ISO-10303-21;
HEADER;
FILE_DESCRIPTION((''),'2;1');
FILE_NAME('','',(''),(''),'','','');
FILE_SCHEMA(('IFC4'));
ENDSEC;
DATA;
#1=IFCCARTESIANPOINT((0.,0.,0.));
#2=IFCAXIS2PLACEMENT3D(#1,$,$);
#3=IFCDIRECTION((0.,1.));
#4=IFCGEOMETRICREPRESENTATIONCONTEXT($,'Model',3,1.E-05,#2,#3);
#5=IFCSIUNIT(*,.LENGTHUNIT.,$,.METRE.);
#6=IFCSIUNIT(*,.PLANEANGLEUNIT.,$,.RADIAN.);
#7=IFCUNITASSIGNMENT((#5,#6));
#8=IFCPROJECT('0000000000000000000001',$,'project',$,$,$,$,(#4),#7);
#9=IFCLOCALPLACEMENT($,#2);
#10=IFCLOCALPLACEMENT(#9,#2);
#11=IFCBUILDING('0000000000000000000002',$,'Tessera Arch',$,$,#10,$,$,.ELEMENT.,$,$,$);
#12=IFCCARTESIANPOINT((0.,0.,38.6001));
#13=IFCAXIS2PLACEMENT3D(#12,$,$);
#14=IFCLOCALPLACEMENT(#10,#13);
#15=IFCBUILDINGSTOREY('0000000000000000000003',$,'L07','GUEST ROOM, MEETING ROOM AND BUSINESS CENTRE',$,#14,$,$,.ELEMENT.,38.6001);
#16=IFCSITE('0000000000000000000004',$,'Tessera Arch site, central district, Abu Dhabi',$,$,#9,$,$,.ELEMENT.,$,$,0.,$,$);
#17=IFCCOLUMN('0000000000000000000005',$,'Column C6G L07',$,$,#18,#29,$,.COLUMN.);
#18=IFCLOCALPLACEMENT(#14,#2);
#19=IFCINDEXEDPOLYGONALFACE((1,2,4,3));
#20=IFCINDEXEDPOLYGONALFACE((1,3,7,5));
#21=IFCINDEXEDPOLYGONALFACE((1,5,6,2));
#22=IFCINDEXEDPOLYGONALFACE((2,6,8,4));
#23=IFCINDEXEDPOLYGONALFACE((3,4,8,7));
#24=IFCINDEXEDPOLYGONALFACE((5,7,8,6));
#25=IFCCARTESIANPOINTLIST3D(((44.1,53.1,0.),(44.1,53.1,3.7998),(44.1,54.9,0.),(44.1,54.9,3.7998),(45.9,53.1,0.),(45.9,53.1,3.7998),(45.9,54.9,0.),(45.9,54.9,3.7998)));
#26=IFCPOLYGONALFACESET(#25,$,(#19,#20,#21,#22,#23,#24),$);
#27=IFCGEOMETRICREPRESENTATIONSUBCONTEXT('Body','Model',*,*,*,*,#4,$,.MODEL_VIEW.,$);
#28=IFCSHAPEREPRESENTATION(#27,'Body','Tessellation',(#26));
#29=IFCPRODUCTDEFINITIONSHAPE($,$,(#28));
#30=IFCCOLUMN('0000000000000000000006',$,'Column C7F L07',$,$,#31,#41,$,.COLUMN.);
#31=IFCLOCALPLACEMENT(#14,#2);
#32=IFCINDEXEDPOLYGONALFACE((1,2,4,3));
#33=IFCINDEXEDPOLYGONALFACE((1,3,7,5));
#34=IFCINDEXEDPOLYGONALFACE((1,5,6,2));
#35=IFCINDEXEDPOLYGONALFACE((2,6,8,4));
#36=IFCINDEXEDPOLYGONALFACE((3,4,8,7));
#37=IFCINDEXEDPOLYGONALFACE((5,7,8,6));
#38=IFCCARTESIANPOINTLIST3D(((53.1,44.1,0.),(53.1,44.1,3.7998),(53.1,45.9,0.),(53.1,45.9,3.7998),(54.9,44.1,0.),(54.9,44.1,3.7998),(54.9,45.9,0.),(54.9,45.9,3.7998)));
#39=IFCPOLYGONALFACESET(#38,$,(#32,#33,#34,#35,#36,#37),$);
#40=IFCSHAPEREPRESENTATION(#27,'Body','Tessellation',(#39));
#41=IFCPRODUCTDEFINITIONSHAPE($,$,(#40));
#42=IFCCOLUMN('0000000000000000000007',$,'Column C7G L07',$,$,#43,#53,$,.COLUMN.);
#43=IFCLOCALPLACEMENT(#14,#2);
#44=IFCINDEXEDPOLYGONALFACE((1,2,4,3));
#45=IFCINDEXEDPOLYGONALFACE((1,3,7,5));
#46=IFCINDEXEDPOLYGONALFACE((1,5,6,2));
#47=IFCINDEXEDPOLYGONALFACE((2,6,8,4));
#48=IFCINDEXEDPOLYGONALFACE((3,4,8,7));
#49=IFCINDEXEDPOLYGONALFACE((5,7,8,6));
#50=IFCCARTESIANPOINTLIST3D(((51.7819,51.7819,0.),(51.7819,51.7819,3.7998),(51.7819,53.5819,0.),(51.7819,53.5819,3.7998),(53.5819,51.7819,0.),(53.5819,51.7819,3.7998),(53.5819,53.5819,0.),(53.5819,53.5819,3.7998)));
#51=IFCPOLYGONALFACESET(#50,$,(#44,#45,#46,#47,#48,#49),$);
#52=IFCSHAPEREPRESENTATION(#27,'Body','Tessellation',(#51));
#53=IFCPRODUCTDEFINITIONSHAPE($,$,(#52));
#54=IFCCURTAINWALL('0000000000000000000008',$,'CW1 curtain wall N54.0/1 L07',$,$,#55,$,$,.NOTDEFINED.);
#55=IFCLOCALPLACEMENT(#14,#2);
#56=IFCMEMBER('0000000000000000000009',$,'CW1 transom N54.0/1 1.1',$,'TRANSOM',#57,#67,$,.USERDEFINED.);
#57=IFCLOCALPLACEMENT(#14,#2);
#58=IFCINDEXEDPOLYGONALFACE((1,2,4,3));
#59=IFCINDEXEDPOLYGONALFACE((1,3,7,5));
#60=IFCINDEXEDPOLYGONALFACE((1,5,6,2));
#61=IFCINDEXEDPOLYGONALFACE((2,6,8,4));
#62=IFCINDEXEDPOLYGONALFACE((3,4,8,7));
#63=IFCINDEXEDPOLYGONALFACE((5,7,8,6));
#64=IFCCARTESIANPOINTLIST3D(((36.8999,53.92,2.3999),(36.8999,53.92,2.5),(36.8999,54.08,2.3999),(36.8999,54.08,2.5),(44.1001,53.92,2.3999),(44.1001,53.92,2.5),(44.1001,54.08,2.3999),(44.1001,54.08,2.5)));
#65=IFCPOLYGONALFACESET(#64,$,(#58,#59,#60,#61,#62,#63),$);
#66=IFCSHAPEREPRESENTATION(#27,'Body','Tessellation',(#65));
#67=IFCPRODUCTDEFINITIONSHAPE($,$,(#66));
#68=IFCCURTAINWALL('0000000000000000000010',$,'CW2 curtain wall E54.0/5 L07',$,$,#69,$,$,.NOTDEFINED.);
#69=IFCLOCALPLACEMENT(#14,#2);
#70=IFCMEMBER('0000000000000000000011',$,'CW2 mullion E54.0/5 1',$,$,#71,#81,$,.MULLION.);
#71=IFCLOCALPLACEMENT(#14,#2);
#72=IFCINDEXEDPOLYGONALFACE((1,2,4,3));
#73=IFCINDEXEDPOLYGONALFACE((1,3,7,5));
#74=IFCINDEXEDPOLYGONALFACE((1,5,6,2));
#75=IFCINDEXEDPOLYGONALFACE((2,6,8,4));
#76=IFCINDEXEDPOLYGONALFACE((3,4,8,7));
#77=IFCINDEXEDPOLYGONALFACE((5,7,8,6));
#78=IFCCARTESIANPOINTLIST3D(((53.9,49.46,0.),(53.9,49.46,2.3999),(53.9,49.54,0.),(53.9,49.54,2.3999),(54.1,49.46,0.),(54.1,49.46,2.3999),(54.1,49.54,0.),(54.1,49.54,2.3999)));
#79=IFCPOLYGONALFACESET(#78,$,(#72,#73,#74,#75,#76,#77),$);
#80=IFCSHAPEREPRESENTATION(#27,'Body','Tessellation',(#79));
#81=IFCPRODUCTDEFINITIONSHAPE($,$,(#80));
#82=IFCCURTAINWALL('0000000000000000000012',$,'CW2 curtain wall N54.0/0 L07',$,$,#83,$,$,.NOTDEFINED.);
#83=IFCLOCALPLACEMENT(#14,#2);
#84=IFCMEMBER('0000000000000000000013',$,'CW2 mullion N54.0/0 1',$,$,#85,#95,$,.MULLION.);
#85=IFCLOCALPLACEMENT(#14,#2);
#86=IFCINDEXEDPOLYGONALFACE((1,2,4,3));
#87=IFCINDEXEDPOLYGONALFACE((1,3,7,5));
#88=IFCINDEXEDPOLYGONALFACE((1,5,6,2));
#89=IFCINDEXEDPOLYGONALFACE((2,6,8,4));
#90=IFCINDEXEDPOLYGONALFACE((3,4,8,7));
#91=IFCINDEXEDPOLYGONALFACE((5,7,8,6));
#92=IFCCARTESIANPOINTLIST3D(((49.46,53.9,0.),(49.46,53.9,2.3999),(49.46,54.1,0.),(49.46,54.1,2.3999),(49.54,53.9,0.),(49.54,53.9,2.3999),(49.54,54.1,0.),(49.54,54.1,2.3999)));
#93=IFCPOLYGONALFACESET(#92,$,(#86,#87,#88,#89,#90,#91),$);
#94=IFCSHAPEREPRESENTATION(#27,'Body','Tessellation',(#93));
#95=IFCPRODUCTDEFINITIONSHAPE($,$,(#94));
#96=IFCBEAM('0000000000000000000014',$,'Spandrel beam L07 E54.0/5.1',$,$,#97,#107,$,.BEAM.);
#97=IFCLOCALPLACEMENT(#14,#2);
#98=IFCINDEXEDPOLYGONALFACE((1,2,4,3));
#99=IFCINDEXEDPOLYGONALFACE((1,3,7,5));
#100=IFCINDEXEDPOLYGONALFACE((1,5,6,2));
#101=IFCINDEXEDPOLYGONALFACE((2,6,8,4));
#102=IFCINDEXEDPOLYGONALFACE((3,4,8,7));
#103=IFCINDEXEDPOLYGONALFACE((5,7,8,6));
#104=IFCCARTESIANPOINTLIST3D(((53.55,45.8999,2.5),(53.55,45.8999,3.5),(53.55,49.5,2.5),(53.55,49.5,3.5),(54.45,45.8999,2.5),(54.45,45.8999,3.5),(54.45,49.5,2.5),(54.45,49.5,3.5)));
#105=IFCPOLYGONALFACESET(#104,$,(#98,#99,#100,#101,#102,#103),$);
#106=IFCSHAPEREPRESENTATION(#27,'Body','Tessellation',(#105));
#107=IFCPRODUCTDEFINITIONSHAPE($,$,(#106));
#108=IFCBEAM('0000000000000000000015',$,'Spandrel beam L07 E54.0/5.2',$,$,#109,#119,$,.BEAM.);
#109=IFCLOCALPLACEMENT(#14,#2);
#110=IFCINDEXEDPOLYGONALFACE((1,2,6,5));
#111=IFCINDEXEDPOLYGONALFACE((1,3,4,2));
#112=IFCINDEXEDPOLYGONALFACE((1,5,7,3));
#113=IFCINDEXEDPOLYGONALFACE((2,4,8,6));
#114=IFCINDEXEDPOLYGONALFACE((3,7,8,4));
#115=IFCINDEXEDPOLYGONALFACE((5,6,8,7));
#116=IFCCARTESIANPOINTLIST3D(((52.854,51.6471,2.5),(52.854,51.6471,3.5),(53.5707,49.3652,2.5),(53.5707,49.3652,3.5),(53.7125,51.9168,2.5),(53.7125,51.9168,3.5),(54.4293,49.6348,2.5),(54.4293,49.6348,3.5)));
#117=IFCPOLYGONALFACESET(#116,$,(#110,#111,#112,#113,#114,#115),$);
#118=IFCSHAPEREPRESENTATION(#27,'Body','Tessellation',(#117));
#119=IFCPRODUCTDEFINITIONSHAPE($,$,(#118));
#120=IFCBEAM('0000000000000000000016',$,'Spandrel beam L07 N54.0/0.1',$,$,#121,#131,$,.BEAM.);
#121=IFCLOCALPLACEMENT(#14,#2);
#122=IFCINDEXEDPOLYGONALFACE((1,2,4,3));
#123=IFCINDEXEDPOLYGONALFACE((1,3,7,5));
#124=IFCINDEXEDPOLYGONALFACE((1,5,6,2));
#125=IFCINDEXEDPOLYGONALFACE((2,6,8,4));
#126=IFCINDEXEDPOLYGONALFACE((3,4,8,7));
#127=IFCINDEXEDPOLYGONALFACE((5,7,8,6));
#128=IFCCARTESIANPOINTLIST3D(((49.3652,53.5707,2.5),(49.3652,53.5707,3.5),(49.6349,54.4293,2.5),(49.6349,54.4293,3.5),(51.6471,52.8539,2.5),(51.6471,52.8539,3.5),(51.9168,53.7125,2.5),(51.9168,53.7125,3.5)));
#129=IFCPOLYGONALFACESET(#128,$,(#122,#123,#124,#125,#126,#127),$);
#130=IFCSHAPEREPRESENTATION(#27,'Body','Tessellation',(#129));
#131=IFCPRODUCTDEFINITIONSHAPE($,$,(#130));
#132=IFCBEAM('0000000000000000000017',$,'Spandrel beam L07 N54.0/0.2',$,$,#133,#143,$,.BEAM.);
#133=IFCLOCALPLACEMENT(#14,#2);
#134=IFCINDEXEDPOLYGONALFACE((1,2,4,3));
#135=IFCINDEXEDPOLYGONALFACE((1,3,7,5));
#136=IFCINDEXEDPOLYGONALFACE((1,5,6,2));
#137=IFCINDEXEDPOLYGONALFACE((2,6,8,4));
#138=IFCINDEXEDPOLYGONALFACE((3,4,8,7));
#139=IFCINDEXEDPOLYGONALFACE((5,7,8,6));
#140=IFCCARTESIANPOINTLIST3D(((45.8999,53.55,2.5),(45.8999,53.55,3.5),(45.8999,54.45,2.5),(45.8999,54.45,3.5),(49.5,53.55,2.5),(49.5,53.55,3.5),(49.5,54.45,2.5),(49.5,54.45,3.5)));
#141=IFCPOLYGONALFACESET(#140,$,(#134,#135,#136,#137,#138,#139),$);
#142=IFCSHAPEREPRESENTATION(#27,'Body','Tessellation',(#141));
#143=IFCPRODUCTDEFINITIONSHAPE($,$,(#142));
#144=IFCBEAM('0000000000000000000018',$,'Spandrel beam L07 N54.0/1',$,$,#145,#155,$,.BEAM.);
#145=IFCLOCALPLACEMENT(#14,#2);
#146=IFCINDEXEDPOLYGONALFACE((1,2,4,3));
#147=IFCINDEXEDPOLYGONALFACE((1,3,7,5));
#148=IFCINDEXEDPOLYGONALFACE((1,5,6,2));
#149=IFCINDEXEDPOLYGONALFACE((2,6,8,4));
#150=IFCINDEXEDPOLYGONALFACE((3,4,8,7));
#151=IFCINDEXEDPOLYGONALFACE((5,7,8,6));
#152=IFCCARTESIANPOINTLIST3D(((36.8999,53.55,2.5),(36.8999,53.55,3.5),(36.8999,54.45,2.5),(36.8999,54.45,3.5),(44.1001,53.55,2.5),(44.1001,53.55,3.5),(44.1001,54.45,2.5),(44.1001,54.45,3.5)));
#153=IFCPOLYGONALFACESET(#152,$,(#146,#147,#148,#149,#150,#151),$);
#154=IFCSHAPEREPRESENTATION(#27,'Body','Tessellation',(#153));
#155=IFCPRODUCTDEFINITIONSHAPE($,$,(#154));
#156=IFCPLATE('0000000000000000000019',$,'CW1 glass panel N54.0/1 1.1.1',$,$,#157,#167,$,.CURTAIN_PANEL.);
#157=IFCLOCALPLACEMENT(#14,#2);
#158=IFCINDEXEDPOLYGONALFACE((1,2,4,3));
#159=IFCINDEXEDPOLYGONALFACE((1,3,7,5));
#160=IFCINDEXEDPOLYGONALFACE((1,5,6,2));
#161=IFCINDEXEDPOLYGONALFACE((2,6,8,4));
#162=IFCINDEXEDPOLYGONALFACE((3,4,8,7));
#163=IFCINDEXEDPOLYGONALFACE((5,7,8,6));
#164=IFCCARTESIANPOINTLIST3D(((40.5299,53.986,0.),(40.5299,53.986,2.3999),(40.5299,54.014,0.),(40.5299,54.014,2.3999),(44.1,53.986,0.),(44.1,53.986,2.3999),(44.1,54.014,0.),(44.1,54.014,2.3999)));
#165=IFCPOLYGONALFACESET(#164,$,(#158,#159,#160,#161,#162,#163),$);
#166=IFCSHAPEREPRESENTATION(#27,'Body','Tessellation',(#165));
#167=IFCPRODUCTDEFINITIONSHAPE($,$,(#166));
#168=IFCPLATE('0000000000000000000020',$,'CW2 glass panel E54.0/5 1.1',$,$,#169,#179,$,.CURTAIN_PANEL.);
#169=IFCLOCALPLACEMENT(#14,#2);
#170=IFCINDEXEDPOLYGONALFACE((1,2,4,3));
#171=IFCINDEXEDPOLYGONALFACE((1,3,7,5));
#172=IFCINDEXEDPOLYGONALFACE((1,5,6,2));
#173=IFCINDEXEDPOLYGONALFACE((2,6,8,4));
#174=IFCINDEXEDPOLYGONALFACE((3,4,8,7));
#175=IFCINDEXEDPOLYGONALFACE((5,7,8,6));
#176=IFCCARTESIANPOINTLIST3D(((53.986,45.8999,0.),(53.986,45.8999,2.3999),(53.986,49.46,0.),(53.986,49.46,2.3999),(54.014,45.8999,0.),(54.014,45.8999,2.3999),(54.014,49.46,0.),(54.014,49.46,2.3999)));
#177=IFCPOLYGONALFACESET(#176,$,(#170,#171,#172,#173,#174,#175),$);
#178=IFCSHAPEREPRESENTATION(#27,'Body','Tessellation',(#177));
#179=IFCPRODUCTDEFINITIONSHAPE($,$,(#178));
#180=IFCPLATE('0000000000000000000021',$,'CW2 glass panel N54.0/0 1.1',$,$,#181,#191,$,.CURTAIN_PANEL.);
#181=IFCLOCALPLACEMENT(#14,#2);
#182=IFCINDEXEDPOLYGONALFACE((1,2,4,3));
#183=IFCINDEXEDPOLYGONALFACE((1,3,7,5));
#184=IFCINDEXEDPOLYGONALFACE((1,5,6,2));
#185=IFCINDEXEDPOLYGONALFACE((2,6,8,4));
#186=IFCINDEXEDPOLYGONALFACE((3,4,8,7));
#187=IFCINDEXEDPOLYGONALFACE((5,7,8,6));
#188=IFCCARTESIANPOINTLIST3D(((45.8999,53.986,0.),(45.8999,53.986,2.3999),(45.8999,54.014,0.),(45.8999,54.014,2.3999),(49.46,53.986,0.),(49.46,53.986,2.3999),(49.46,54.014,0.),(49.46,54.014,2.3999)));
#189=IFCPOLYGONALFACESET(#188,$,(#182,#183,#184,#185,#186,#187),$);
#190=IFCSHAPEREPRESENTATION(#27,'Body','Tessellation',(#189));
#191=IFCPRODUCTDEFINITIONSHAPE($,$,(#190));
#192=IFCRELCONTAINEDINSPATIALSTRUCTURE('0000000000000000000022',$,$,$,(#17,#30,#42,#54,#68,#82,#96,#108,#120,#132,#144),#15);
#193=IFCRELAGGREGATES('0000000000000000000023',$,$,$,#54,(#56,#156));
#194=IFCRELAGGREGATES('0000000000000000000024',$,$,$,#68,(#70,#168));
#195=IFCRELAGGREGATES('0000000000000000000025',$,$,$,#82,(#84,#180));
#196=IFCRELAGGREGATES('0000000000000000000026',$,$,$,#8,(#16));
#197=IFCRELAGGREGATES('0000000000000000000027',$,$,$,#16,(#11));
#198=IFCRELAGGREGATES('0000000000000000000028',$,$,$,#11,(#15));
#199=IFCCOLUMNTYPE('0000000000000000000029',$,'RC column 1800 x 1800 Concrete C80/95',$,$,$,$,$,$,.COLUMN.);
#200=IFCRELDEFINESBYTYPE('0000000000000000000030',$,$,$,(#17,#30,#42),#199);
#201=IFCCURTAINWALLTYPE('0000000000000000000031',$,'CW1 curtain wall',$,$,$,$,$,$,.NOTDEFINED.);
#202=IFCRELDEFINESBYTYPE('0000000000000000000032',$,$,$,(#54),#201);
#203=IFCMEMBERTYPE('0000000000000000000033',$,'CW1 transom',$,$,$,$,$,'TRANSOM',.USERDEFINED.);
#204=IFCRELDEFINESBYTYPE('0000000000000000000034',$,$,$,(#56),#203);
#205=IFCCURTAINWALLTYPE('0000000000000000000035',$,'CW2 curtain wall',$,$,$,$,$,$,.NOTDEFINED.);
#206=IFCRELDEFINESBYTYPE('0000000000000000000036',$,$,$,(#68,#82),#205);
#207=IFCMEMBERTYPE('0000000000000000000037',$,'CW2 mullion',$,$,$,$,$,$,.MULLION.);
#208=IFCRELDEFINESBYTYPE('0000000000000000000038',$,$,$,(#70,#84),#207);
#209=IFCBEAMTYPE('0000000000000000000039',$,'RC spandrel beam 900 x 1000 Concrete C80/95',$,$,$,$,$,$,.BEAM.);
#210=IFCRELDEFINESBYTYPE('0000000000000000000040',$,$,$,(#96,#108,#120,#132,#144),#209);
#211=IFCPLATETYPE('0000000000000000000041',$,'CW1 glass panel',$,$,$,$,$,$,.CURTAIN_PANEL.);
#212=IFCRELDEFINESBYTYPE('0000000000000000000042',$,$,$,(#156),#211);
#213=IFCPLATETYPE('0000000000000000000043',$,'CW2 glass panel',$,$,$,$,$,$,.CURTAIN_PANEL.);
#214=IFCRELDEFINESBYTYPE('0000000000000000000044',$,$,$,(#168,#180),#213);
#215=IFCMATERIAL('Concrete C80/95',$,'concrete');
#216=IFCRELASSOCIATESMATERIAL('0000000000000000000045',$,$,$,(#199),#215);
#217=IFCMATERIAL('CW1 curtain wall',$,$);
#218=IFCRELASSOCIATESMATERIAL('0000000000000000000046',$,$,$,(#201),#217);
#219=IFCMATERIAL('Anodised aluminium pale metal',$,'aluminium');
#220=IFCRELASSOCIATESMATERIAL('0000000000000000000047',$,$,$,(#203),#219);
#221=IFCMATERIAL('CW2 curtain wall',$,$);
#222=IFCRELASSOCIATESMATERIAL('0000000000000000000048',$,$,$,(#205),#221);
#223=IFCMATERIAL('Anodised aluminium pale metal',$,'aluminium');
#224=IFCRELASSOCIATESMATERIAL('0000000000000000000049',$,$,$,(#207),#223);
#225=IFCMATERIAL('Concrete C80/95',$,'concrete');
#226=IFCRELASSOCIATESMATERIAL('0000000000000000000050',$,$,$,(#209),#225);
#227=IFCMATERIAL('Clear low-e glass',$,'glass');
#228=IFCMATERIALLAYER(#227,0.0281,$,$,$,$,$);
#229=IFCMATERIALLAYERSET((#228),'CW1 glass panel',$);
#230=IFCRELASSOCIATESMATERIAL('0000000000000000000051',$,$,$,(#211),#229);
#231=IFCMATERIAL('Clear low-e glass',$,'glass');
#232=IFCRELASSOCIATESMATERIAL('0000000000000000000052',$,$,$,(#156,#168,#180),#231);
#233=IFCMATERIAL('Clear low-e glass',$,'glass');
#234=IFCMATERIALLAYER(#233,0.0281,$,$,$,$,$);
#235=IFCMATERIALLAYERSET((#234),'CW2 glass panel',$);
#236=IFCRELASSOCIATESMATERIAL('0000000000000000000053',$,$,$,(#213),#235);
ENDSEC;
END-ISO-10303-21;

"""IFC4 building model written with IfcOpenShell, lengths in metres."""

from ifc_helpers import new_model, si_unit, direction, frame, origin, origin_2d, place, context, subcontext, project, spatial, rectangle, extrude, material, layer, layer_set, material_profile, profile_set, type_object, element, aggregate, save


model = new_model("IFC4")

# Units and contexts
model_context = context("Model", 3, precision=1e-05, world=origin(), true_north=direction((0.0, 1.0)))
body_context = subcontext(model_context, "Body", "Model", "MODEL_VIEW")
ifc_project = project(units=[si_unit("LENGTHUNIT", "METRE"), si_unit("PLANEANGLEUNIT", "RADIAN")], contexts=[model_context])

# Site, building, storey
site_placement = place(None, origin())
site = spatial("IfcSite", under=ifc_project, at=site_placement, Name="Tessera Arch site, central district, Abu Dhabi", CompositionType="ELEMENT", RefElevation=0.0)
building_placement = place(site_placement, origin())
building = spatial("IfcBuilding", under=site, at=building_placement, Name="Tessera Arch", CompositionType="ELEMENT")
storey_placement = place(building_placement, frame((0.0, 0.0, 38.6001)))
storey = spatial("IfcBuildingStorey", under=building, at=storey_placement, Name="L07", Description="GUEST ROOM, MEETING ROOM AND BUSINESS CENTRE", CompositionType="ELEMENT", Elevation=38.6001)

# Columns
ifc_material_1 = material(Name="Concrete C80/95", Category="concrete")
ifc_material_profile_1 = material_profile(ifc_material_1, rectangle(XDim=1.8, YDim=1.8, at=origin_2d()), Name="RC column 1800 x 1800 Concrete C80/95")
ifc_profile_set_1 = profile_set([ifc_material_profile_1], Name="Concrete C80/95")
column_type = type_object("IfcColumnType", Name="RC column 1800 x 1800 Concrete C80/95", PredefinedType="COLUMN", material=ifc_profile_set_1)
for number, where, z_axis, x_axis, name in (
    (1, (45.0, 54.0, 0.0), (0.0, 0.0, 1.0), (1.0, 0.0, 0.0), "Column C6G L07"),
    (2, (54.0, 45.0, 0.0), (0.0, 0.0, 1.0), (1.0, 0.0, 0.0), "Column C7F L07"),
    (3, (52.6819, 52.6819, 0.0), (0.0, 0.0, 1.0), (1.0, 0.0, 0.0), "Column C7G L07"),
):
    element("IfcColumn", number, at=place(storey_placement, frame(where, z_axis=z_axis, x_axis=x_axis)), inside=storey, type_object=column_type, Name=name, PredefinedType="COLUMN", context=body_context, shape_type="SweptSolid", body=[
        extrude(rectangle(XDim=1.8, YDim=1.8, at=origin_2d()), origin(), (0.0, 0.0, 1.0), 3.7998),
    ])

# Curtain walls, members
ifc_material_2 = material(Name="CW1 curtain wall")
curtain_wall_type_1 = type_object("IfcCurtainWallType", Name="CW1 curtain wall", PredefinedType="NOTDEFINED", material=ifc_material_2)
curtain_wall_1_placement = place(storey_placement, origin())
curtain_wall_1 = element("IfcCurtainWall", 4, at=curtain_wall_1_placement, inside=storey, type_object=curtain_wall_type_1, Name="CW1 curtain wall N54.0/1 L07", PredefinedType="NOTDEFINED")
ifc_material_3 = material(Name="Anodised aluminium pale metal", Category="aluminium")
ifc_material_profile_2 = material_profile(ifc_material_3, rectangle(XDim=0.1599, YDim=0.1001, at=origin_2d()), Name="AL 160x100")
ifc_profile_set_2 = profile_set([ifc_material_profile_2], Name="Anodised aluminium pale metal")
member_type_1 = type_object("IfcMemberType", Name="CW1 transom", ElementType="TRANSOM", PredefinedType="USERDEFINED", material=ifc_profile_set_2)
member_1_placement = place(storey_placement, frame((44.1001, 54.0, 2.45), z_axis=(-1.0, 0.0, 0.0), x_axis=(0.0, -1.0, 0.0)))
member_1 = element("IfcMember", 5, at=member_1_placement, type_object=member_type_1, Name="CW1 transom N54.0/1 1.1", ObjectType="TRANSOM", PredefinedType="USERDEFINED", context=body_context, shape_type="SweptSolid", body=[
    extrude(rectangle(XDim=0.1599, YDim=0.1001, at=origin_2d()), origin(), (0.0, 0.0, 1.0), 7.2002),
])
ifc_material_4 = material(Name="CW2 curtain wall")
curtain_wall_type_2 = type_object("IfcCurtainWallType", Name="CW2 curtain wall", PredefinedType="NOTDEFINED", material=ifc_material_4)
curtain_wall_2_placement = place(storey_placement, origin())
curtain_wall_2 = element("IfcCurtainWall", 6, at=curtain_wall_2_placement, inside=storey, type_object=curtain_wall_type_2, Name="CW2 curtain wall E54.0/5 L07", PredefinedType="NOTDEFINED")
ifc_material_5 = material(Name="Anodised aluminium pale metal", Category="aluminium")
ifc_material_profile_3 = material_profile(ifc_material_5, rectangle(XDim=0.2, YDim=0.0801, at=origin_2d()), Name="AL 80x200")
ifc_profile_set_3 = profile_set([ifc_material_profile_3], Name="Anodised aluminium pale metal")
member_type_2 = type_object("IfcMemberType", Name="CW2 mullion", PredefinedType="MULLION", material=ifc_profile_set_3)
member_2_placement = place(storey_placement, frame((54.0, 49.5, 0.0), z_axis=(0.0, 0.0, 1.0), x_axis=(-1.0, 0.0, 0.0)))
member_2 = element("IfcMember", 7, at=member_2_placement, type_object=member_type_2, Name="CW2 mullion E54.0/5 1", PredefinedType="MULLION", context=body_context, shape_type="SweptSolid", body=[
    extrude(rectangle(XDim=0.2, YDim=0.0801, at=origin_2d()), origin(), (0.0, 0.0, 1.0), 2.3999),
])
curtain_wall_3_placement = place(storey_placement, origin())
curtain_wall_3 = element("IfcCurtainWall", 8, at=curtain_wall_3_placement, inside=storey, type_object=curtain_wall_type_2, Name="CW2 curtain wall N54.0/0 L07", PredefinedType="NOTDEFINED")
member_3_placement = place(storey_placement, frame((49.5, 54.0, 0.0), z_axis=(0.0, 0.0, 1.0), x_axis=(0.0, -1.0, 0.0)))
member_3 = element("IfcMember", 9, at=member_3_placement, type_object=member_type_2, Name="CW2 mullion N54.0/0 1", PredefinedType="MULLION", context=body_context, shape_type="SweptSolid", body=[
    extrude(rectangle(XDim=0.2, YDim=0.0801, at=origin_2d()), origin(), (0.0, 0.0, 1.0), 2.3999),
])

# Beams
ifc_material_6 = material(Name="Concrete C80/95", Category="concrete")
ifc_material_profile_4 = material_profile(ifc_material_6, rectangle(XDim=0.8999, YDim=1.0, at=origin_2d()), Name="RC spandrel beam 900 x 1000 Concrete C80/95")
ifc_profile_set_4 = profile_set([ifc_material_profile_4], Name="Concrete C80/95")
beam_type = type_object("IfcBeamType", Name="RC spandrel beam 900 x 1000 Concrete C80/95", PredefinedType="BEAM", material=ifc_profile_set_4)
beam_1_placement = place(storey_placement, frame((54.0, 45.8999, 3.0), z_axis=(0.0, 1.0, 0.0), x_axis=(-1.0, 0.0, 0.0)))
element("IfcBeam", 10, at=beam_1_placement, inside=storey, type_object=beam_type, Name="Spandrel beam L07 E54.0/5.1", PredefinedType="BEAM", context=body_context, shape_type="SweptSolid", body=[
    extrude(rectangle(XDim=0.8999, YDim=1.0, at=origin_2d()), origin(), (0.0, 0.0, 1.0), 3.6001),
])
for number, where, z_axis, x_axis, name in (
    (11, (54.0, 49.5, 3.0), (-0.299675, 0.954041, 0.0), (-0.954041, -0.299675, 0.0), "Spandrel beam L07 E54.0/5.2"),
    (12, (51.782, 53.2832, 3.0), (-0.954041, 0.299675, 0.0), (-0.299675, -0.954041, 0.0), "Spandrel beam L07 N54.0/0.1"),
):
    element("IfcBeam", number, at=place(storey_placement, frame(where, z_axis=z_axis, x_axis=x_axis)), inside=storey, type_object=beam_type, Name=name, PredefinedType="BEAM", context=body_context, shape_type="SweptSolid", body=[
        extrude(rectangle(XDim=0.8999, YDim=1.0, at=origin_2d()), origin(), (0.0, 0.0, 1.0), 2.3918),
    ])
beam_2_placement = place(storey_placement, frame((49.5, 54.0, 3.0), z_axis=(-1.0, 0.0, 0.0), x_axis=(0.0, -1.0, 0.0)))
element("IfcBeam", 13, at=beam_2_placement, inside=storey, type_object=beam_type, Name="Spandrel beam L07 N54.0/0.2", PredefinedType="BEAM", context=body_context, shape_type="SweptSolid", body=[
    extrude(rectangle(XDim=0.8999, YDim=1.0, at=origin_2d()), origin(), (0.0, 0.0, 1.0), 3.6001),
])
beam_3_placement = place(storey_placement, frame((44.1001, 54.0, 3.0), z_axis=(-1.0, 0.0, 0.0), x_axis=(0.0, -1.0, 0.0)))
element("IfcBeam", 14, at=beam_3_placement, inside=storey, type_object=beam_type, Name="Spandrel beam L07 N54.0/1", PredefinedType="BEAM", context=body_context, shape_type="SweptSolid", body=[
    extrude(rectangle(XDim=0.8999, YDim=1.0, at=origin_2d()), origin(), (0.0, 0.0, 1.0), 7.2002),
])

# Plates
ifc_material_7 = material(Name="Clear low-e glass", Category="glass")
ifc_material_8 = material(Name="Clear low-e glass", Category="glass")
ifc_layer_1 = layer(ifc_material_8, 0.0281)
ifc_layer_set_1 = layer_set([ifc_layer_1], Name="CW1 glass panel")
plate_type_1 = type_object("IfcPlateType", Name="CW1 glass panel", PredefinedType="CURTAIN_PANEL", material=ifc_layer_set_1)
plate_1_placement = place(storey_placement, frame((42.3149, 54.0, 0.0), z_axis=(0.0, 0.0, 1.0), x_axis=(-1.0, 0.0, 0.0)))
plate_1 = element("IfcPlate", 15, at=plate_1_placement, type_object=plate_type_1, material=ifc_material_7, Name="CW1 glass panel N54.0/1 1.1.1", PredefinedType="CURTAIN_PANEL", context=body_context, shape_type="SweptSolid", body=[
    extrude(rectangle(XDim=3.5701, YDim=0.0281, at=origin_2d()), origin(), (0.0, 0.0, 1.0), 2.3999),
])
aggregate(curtain_wall_1, [member_1, plate_1])
ifc_material_9 = material(Name="Clear low-e glass", Category="glass")
ifc_layer_2 = layer(ifc_material_9, 0.0281)
ifc_layer_set_2 = layer_set([ifc_layer_2], Name="CW2 glass panel")
plate_type_2 = type_object("IfcPlateType", Name="CW2 glass panel", PredefinedType="CURTAIN_PANEL", material=ifc_layer_set_2)
plate_2_placement = place(storey_placement, frame((54.0, 47.6799, 0.0), z_axis=(0.0, 0.0, 1.0), x_axis=(0.0, 1.0, 0.0)))
plate_2 = element("IfcPlate", 16, at=plate_2_placement, type_object=plate_type_2, material=ifc_material_7, Name="CW2 glass panel E54.0/5 1.1", PredefinedType="CURTAIN_PANEL", context=body_context, shape_type="SweptSolid", body=[
    extrude(rectangle(XDim=3.5601, YDim=0.0281, at=origin_2d()), origin(), (0.0, 0.0, 1.0), 2.3999),
])
aggregate(curtain_wall_2, [member_2, plate_2])
plate_3_placement = place(storey_placement, frame((47.6799, 54.0, 0.0), z_axis=(0.0, 0.0, 1.0), x_axis=(-1.0, 0.0, 0.0)))
plate_3 = element("IfcPlate", 17, at=plate_3_placement, type_object=plate_type_2, material=ifc_material_7, Name="CW2 glass panel N54.0/0 1.1", PredefinedType="CURTAIN_PANEL", context=body_context, shape_type="SweptSolid", body=[
    extrude(rectangle(XDim=3.5601, YDim=0.0281, at=origin_2d()), origin(), (0.0, 0.0, 1.0), 2.3999),
])
aggregate(curtain_wall_3, [member_3, plate_3])

save(model, "model.ifc")
